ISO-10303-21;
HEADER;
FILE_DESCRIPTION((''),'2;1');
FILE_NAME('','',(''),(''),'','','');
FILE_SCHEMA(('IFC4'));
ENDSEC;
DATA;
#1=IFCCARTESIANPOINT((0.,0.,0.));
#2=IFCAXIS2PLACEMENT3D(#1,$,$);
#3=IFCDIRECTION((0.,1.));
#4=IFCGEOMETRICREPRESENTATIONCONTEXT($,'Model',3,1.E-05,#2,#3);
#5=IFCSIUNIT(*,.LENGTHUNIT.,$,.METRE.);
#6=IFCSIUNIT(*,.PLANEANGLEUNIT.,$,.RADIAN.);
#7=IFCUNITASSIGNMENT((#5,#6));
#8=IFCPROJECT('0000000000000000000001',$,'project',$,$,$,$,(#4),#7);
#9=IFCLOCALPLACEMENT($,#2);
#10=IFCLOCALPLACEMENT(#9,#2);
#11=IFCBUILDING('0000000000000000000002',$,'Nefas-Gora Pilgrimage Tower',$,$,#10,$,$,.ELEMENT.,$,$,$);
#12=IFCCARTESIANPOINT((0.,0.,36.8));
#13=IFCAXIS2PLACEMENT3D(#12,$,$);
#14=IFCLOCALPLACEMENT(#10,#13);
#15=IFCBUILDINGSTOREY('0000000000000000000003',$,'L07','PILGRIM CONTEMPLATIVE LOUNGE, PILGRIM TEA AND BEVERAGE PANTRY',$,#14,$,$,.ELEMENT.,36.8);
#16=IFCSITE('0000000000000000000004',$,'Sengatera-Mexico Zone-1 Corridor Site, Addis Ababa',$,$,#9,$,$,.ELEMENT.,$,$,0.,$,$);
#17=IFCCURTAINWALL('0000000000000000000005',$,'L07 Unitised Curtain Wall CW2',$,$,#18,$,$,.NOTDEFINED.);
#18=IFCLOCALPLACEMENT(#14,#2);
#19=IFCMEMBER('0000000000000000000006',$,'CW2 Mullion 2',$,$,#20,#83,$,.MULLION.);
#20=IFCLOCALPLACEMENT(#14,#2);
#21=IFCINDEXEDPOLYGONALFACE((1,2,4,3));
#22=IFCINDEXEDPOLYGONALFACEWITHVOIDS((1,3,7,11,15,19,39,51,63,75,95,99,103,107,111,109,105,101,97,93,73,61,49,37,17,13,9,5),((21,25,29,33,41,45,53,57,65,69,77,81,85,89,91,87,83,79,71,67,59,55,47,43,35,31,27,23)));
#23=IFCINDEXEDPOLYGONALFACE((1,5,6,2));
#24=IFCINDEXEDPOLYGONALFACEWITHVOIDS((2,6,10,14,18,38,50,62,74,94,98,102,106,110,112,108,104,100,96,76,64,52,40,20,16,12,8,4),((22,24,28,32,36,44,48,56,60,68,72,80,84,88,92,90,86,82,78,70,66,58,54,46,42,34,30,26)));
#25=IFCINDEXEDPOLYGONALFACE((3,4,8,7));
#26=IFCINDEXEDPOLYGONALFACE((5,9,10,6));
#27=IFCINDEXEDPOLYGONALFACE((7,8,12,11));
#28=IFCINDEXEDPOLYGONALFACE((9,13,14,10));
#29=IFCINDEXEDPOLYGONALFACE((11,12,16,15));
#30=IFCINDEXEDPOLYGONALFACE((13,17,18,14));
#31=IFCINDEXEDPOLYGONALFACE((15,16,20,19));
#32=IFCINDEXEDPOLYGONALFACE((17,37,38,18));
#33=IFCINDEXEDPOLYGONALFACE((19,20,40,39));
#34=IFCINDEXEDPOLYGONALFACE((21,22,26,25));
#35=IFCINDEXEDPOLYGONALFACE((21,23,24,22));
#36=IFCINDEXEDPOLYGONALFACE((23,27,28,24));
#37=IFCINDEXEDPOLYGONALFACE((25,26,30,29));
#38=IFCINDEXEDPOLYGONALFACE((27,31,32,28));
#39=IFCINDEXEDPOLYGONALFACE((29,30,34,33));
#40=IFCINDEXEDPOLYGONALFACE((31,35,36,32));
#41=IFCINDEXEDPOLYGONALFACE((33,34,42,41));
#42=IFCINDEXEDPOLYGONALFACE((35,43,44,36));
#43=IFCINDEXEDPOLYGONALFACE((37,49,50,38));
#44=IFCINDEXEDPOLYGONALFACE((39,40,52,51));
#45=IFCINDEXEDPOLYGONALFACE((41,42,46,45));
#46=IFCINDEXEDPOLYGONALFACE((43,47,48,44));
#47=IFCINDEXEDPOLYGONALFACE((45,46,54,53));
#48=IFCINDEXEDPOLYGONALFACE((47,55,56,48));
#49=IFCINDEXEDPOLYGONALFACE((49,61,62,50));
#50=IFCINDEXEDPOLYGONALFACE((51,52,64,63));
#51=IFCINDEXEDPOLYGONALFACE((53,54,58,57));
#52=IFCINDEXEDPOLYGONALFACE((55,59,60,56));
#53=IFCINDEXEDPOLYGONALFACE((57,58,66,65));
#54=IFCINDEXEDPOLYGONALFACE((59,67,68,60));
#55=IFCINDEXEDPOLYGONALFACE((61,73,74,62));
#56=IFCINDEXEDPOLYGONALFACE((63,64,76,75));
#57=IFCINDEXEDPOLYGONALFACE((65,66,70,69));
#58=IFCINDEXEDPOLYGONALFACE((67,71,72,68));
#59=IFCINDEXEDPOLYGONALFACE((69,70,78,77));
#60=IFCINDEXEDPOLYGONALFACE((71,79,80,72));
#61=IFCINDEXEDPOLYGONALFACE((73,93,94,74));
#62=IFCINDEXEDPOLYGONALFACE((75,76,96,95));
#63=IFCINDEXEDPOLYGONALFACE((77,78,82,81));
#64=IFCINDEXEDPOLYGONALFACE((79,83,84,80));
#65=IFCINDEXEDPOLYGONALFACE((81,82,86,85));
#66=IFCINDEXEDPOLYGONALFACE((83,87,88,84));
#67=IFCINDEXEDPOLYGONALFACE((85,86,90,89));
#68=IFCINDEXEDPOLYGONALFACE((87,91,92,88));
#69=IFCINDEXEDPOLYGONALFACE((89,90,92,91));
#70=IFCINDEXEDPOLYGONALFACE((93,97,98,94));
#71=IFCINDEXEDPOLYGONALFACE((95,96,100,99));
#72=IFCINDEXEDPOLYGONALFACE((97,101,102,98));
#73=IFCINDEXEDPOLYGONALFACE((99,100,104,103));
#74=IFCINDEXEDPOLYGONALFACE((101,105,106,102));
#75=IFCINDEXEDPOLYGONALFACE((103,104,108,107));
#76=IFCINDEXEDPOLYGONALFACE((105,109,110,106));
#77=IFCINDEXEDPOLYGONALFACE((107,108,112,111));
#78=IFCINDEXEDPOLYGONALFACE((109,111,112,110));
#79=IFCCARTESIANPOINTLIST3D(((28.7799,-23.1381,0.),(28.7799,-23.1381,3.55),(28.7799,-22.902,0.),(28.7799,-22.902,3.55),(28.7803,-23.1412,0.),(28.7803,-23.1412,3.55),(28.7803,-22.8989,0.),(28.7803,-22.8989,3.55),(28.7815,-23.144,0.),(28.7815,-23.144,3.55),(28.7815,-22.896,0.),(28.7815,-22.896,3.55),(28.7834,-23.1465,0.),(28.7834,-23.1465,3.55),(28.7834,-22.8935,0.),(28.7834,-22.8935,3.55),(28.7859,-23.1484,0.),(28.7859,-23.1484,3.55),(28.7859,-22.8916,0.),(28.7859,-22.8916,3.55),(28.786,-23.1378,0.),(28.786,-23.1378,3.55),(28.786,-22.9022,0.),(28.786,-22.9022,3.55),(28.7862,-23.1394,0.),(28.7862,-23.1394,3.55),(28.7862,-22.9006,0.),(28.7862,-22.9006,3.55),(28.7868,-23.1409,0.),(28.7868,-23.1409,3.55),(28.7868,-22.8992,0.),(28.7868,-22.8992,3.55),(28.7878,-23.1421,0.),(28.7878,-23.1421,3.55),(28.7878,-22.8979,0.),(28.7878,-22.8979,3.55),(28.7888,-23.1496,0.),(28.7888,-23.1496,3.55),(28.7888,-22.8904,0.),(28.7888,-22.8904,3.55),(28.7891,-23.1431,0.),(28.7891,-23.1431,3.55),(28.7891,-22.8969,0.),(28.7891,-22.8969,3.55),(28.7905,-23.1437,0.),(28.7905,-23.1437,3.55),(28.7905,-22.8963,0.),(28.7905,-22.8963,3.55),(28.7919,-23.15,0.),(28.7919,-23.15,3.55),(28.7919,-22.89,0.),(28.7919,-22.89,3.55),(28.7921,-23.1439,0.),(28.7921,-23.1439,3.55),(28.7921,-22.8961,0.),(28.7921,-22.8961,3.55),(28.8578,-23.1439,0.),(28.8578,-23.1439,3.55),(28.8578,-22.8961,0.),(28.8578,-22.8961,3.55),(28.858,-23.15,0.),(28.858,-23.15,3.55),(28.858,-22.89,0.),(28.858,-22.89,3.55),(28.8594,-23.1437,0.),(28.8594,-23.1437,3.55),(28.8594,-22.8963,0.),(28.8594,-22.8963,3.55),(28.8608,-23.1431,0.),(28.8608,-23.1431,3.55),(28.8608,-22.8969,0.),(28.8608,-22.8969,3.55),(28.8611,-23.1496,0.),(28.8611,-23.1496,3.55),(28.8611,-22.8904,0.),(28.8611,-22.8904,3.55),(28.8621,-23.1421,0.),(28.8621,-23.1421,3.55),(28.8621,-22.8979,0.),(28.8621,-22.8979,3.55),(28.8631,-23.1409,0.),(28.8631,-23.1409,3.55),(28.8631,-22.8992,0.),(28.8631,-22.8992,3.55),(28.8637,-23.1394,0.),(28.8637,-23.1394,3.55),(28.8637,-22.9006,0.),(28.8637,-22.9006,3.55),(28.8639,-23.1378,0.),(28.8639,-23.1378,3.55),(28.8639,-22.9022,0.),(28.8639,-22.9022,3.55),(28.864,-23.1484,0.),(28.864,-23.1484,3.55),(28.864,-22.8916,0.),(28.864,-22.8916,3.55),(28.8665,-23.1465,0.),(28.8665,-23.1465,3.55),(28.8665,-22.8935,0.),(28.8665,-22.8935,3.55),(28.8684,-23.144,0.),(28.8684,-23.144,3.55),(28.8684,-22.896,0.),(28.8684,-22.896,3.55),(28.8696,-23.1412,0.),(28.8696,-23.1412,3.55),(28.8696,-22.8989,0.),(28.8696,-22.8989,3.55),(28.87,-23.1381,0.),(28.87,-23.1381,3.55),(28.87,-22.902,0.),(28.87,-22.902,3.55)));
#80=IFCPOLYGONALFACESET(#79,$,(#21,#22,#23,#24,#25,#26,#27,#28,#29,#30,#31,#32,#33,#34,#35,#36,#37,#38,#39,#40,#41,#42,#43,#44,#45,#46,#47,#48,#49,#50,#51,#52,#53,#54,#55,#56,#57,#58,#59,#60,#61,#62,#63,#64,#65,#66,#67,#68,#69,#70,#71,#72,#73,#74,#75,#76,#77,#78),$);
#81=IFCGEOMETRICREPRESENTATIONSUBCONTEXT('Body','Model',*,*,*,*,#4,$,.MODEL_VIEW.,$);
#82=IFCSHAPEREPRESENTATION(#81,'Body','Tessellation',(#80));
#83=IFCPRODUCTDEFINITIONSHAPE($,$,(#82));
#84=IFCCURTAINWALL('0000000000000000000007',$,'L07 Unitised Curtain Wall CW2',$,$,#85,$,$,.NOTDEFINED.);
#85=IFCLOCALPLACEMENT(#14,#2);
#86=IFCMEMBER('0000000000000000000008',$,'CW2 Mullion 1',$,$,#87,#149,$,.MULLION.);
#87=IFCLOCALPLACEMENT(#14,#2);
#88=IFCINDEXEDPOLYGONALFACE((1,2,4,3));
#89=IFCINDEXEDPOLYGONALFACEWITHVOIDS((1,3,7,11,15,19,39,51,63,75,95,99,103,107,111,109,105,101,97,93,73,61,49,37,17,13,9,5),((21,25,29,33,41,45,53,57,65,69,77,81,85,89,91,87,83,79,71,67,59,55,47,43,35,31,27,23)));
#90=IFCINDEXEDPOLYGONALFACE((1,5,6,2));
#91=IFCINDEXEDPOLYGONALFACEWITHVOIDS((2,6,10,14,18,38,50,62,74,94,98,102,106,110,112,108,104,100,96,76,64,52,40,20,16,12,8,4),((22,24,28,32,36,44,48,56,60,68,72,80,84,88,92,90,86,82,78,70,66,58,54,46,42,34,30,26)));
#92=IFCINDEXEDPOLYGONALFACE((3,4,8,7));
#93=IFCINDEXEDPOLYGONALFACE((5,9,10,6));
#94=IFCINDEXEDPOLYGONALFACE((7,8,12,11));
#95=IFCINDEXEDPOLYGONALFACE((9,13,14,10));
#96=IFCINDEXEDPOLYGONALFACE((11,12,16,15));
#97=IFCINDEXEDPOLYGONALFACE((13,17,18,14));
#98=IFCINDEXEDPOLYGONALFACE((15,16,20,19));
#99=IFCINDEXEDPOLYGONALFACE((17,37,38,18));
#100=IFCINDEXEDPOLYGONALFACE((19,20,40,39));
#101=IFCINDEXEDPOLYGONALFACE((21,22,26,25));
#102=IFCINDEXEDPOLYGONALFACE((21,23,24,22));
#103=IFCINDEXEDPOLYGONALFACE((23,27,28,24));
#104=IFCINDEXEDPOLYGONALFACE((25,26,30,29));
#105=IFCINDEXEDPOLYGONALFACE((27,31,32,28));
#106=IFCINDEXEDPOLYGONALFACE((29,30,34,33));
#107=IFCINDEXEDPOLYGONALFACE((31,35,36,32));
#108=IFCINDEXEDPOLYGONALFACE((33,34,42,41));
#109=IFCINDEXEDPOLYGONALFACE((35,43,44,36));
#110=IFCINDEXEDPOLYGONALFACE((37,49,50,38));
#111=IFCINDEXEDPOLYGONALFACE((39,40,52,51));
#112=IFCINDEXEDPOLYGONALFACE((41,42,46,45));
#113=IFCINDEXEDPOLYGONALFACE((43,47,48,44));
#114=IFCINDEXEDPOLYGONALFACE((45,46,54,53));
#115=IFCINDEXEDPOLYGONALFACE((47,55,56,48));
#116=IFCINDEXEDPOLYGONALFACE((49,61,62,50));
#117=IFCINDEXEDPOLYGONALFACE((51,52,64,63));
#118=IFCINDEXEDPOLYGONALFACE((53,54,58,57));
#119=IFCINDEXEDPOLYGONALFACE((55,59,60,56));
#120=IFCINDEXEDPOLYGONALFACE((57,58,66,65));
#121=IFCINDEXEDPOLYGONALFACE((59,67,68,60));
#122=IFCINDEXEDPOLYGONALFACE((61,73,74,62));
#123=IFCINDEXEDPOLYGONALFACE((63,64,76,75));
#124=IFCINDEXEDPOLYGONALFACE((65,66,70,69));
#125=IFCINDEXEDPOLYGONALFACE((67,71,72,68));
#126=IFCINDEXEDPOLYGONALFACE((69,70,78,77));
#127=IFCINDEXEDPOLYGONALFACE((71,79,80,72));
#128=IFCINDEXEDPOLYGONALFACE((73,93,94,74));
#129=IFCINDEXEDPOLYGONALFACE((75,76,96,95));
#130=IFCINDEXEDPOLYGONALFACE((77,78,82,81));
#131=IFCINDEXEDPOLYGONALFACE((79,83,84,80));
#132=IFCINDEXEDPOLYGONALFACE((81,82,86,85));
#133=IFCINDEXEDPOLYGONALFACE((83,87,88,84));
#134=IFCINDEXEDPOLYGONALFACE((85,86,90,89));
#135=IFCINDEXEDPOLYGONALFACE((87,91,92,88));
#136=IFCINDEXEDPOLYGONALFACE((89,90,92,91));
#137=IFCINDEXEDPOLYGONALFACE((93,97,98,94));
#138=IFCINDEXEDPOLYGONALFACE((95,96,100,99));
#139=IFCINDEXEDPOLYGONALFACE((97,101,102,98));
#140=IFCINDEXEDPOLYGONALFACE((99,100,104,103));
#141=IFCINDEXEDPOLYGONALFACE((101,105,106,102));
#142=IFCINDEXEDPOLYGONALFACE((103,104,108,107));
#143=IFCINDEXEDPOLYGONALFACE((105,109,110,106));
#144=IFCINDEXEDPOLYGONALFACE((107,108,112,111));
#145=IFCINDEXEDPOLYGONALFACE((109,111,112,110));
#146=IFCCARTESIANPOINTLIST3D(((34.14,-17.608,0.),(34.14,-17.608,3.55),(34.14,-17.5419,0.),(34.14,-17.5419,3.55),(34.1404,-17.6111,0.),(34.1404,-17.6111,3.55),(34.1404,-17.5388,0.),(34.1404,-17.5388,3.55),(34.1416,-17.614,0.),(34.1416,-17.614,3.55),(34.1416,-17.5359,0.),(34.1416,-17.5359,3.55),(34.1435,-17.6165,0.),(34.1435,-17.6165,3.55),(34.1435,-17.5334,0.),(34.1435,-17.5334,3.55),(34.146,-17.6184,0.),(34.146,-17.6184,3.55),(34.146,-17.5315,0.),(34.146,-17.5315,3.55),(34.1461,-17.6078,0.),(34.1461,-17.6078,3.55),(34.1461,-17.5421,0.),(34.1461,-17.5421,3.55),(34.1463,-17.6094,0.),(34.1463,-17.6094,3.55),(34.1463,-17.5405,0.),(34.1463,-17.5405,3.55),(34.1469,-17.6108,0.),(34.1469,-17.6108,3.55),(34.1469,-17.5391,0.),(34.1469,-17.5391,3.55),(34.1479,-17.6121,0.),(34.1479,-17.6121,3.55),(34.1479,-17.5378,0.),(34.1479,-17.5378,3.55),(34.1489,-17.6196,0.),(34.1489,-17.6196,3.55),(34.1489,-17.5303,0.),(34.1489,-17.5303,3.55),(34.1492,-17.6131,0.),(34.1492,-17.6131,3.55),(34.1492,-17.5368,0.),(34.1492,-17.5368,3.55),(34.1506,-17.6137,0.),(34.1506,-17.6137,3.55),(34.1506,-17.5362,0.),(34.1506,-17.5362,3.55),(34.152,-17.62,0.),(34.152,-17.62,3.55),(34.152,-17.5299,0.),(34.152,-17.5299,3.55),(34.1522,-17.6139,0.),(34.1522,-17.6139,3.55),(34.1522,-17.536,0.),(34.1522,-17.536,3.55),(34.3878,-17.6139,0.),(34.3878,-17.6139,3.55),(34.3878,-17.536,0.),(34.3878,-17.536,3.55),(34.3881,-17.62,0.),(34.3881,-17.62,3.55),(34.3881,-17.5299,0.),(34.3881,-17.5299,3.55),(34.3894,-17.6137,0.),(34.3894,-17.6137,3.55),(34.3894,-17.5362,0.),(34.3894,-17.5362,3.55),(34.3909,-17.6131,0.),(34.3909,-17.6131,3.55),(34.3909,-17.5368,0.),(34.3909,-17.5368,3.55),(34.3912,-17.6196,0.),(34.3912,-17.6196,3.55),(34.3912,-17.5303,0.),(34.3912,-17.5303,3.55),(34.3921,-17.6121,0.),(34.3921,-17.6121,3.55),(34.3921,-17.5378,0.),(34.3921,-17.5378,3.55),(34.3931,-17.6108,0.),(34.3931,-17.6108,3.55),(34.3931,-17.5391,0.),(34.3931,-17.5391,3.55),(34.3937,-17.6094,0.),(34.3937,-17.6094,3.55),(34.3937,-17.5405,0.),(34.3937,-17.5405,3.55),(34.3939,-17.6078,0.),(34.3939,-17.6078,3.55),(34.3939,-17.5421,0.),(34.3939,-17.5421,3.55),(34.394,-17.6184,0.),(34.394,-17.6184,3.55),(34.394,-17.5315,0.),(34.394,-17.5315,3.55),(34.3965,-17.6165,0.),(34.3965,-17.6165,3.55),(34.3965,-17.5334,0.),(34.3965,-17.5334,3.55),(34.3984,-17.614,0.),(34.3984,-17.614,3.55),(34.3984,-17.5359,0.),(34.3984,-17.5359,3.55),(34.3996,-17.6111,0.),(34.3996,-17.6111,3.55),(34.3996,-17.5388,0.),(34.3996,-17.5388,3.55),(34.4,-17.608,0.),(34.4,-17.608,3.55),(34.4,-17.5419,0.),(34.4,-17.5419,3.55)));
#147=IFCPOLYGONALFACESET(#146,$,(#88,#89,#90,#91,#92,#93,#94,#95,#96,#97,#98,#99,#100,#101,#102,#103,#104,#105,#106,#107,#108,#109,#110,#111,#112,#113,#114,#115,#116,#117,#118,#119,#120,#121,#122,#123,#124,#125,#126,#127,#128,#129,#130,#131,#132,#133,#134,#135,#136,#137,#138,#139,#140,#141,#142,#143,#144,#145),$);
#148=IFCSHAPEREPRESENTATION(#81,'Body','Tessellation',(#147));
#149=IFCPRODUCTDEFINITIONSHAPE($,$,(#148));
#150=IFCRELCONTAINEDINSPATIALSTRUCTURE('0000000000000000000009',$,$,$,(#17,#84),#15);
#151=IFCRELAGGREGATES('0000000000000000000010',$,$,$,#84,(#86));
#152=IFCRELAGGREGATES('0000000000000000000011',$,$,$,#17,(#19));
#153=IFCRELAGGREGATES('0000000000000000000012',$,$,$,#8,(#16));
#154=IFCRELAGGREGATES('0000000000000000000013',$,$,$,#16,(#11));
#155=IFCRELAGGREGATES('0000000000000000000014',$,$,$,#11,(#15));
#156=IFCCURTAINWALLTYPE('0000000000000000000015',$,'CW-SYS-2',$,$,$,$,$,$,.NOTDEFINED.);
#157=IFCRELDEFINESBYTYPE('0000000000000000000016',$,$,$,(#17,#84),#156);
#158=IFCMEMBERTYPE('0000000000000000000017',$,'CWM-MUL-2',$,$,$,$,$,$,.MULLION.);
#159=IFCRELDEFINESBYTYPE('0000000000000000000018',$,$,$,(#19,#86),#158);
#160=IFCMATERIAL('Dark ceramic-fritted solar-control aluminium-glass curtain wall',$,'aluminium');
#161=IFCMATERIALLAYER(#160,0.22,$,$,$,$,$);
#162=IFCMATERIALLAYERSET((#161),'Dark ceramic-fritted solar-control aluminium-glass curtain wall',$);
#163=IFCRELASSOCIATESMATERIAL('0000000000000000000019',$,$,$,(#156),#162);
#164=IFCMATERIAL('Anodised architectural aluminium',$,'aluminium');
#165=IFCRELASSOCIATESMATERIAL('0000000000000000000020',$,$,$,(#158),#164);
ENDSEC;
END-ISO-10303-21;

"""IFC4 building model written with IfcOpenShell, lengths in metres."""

from ifc_helpers import new_model, si_unit, direction, frame, origin, origin_2d, place, context, subcontext, project, spatial, hollow_rectangle, extrude, source, transform, mapped, material, layer, layer_set, material_profile, profile_set, type_object, element, aggregate, save


model = new_model("IFC4")

# Units and contexts
model_context = context("Model", 3, precision=1e-05, world=origin(), true_north=direction((0.0, 1.0)))
body_context = subcontext(model_context, "Body", "Model", "MODEL_VIEW")
ifc_project = project(units=[si_unit("LENGTHUNIT", "METRE"), si_unit("PLANEANGLEUNIT", "RADIAN")], contexts=[model_context])

# Site, building, storey
site_placement = place(None, origin())
site = spatial("IfcSite", under=ifc_project, at=site_placement, Name="Sengatera-Mexico Zone-1 Corridor Site, Addis Ababa", CompositionType="ELEMENT", RefElevation=0.0)
building_placement = place(site_placement, origin())
building = spatial("IfcBuilding", under=site, at=building_placement, Name="Nefas-Gora Pilgrimage Tower", CompositionType="ELEMENT")
storey_placement = place(building_placement, frame((0.0, 0.0, 36.8)))
storey = spatial("IfcBuildingStorey", under=building, at=storey_placement, Name="L07", Description="PILGRIM CONTEMPLATIVE LOUNGE, PILGRIM TEA AND BEVERAGE PANTRY", CompositionType="ELEMENT", Elevation=36.8)

# Curtain wall, member
ifc_material_1 = material(Name="Dark ceramic-fritted solar-control aluminium-glass curtain wall", Category="aluminium")
ifc_layer_1 = layer(ifc_material_1, 0.22)
ifc_layer_set_1 = layer_set([ifc_layer_1], Name="Dark ceramic-fritted solar-control aluminium-glass curtain wall")
curtain_wall_type = type_object("IfcCurtainWallType", Name="CW-SYS-2", PredefinedType="NOTDEFINED", material=ifc_layer_set_1)
curtain_wall_1_placement = place(storey_placement, origin())
curtain_wall_1 = element("IfcCurtainWall", 1, at=curtain_wall_1_placement, inside=storey, type_object=curtain_wall_type, Name="L07 Unitised Curtain Wall CW2", PredefinedType="NOTDEFINED")
ifc_material_2 = material(Name="Anodised architectural aluminium", Category="aluminium")
ifc_material_profile_1 = material_profile(ifc_material_2, hollow_rectangle(XDim=0.0901, YDim=0.26, WallThickness=0.0061, InnerFilletRadius=0.0061, OuterFilletRadius=0.012, at=origin_2d()), Name="ALU MULLION 90x260")
ifc_profile_set_1 = profile_set([ifc_material_profile_1], Name="Anodised architectural aluminium")
member_type_1 = type_object("IfcMemberType", Name="CWM-MUL-2", PredefinedType="MULLION", material=ifc_profile_set_1)
shared_shape_1 = source(origin(), body_context, "Body", "SweptSolid", [
    extrude(hollow_rectangle(XDim=0.0901, YDim=0.26, WallThickness=0.0061, InnerFilletRadius=0.0061, OuterFilletRadius=0.012, at=origin_2d()), origin(), (0.0, 0.0, 1.0), 3.55),
])
member_1_placement = place(storey_placement, frame((28.825, -23.02, 0.0), z_axis=(0.0, 0.0, 1.0), x_axis=(1.0, 0.0, 0.0)))
member_1 = element("IfcMember", 2, at=member_1_placement, type_object=member_type_1, Name="CW2 Mullion 2", PredefinedType="MULLION", context=body_context, shape_type="MappedRepresentation", body=[
    mapped(shared_shape_1, transform((0.0, 0.0, 0.0), x_axis=(1.0, 0.0, 0.0), y_axis=(0.0, 1.0, 0.0), z_axis=(0.0, 0.0, 1.0), scale=1.0)),
])

# Curtain wall, member
curtain_wall_2_placement = place(storey_placement, origin())
curtain_wall_2 = element("IfcCurtainWall", 3, at=curtain_wall_2_placement, inside=storey, type_object=curtain_wall_type, Name="L07 Unitised Curtain Wall CW2", PredefinedType="NOTDEFINED")
member_2_placement = place(storey_placement, frame((34.27, -17.575, 0.0), z_axis=(0.0, 0.0, 1.0), x_axis=(0.0, 1.0, 0.0)))
member_2 = element("IfcMember", 4, at=member_2_placement, type_object=member_type_1, Name="CW2 Mullion 1", PredefinedType="MULLION", context=body_context, shape_type="MappedRepresentation", body=[
    mapped(shared_shape_1, transform((0.0, 0.0, 0.0), x_axis=(1.0, 0.0, 0.0), y_axis=(0.0, 1.0, 0.0), z_axis=(0.0, 0.0, 1.0), scale=1.0)),
])
aggregate(curtain_wall_2, [member_2])

aggregate(curtain_wall_1, [member_1])

save(model, "model.ifc")
